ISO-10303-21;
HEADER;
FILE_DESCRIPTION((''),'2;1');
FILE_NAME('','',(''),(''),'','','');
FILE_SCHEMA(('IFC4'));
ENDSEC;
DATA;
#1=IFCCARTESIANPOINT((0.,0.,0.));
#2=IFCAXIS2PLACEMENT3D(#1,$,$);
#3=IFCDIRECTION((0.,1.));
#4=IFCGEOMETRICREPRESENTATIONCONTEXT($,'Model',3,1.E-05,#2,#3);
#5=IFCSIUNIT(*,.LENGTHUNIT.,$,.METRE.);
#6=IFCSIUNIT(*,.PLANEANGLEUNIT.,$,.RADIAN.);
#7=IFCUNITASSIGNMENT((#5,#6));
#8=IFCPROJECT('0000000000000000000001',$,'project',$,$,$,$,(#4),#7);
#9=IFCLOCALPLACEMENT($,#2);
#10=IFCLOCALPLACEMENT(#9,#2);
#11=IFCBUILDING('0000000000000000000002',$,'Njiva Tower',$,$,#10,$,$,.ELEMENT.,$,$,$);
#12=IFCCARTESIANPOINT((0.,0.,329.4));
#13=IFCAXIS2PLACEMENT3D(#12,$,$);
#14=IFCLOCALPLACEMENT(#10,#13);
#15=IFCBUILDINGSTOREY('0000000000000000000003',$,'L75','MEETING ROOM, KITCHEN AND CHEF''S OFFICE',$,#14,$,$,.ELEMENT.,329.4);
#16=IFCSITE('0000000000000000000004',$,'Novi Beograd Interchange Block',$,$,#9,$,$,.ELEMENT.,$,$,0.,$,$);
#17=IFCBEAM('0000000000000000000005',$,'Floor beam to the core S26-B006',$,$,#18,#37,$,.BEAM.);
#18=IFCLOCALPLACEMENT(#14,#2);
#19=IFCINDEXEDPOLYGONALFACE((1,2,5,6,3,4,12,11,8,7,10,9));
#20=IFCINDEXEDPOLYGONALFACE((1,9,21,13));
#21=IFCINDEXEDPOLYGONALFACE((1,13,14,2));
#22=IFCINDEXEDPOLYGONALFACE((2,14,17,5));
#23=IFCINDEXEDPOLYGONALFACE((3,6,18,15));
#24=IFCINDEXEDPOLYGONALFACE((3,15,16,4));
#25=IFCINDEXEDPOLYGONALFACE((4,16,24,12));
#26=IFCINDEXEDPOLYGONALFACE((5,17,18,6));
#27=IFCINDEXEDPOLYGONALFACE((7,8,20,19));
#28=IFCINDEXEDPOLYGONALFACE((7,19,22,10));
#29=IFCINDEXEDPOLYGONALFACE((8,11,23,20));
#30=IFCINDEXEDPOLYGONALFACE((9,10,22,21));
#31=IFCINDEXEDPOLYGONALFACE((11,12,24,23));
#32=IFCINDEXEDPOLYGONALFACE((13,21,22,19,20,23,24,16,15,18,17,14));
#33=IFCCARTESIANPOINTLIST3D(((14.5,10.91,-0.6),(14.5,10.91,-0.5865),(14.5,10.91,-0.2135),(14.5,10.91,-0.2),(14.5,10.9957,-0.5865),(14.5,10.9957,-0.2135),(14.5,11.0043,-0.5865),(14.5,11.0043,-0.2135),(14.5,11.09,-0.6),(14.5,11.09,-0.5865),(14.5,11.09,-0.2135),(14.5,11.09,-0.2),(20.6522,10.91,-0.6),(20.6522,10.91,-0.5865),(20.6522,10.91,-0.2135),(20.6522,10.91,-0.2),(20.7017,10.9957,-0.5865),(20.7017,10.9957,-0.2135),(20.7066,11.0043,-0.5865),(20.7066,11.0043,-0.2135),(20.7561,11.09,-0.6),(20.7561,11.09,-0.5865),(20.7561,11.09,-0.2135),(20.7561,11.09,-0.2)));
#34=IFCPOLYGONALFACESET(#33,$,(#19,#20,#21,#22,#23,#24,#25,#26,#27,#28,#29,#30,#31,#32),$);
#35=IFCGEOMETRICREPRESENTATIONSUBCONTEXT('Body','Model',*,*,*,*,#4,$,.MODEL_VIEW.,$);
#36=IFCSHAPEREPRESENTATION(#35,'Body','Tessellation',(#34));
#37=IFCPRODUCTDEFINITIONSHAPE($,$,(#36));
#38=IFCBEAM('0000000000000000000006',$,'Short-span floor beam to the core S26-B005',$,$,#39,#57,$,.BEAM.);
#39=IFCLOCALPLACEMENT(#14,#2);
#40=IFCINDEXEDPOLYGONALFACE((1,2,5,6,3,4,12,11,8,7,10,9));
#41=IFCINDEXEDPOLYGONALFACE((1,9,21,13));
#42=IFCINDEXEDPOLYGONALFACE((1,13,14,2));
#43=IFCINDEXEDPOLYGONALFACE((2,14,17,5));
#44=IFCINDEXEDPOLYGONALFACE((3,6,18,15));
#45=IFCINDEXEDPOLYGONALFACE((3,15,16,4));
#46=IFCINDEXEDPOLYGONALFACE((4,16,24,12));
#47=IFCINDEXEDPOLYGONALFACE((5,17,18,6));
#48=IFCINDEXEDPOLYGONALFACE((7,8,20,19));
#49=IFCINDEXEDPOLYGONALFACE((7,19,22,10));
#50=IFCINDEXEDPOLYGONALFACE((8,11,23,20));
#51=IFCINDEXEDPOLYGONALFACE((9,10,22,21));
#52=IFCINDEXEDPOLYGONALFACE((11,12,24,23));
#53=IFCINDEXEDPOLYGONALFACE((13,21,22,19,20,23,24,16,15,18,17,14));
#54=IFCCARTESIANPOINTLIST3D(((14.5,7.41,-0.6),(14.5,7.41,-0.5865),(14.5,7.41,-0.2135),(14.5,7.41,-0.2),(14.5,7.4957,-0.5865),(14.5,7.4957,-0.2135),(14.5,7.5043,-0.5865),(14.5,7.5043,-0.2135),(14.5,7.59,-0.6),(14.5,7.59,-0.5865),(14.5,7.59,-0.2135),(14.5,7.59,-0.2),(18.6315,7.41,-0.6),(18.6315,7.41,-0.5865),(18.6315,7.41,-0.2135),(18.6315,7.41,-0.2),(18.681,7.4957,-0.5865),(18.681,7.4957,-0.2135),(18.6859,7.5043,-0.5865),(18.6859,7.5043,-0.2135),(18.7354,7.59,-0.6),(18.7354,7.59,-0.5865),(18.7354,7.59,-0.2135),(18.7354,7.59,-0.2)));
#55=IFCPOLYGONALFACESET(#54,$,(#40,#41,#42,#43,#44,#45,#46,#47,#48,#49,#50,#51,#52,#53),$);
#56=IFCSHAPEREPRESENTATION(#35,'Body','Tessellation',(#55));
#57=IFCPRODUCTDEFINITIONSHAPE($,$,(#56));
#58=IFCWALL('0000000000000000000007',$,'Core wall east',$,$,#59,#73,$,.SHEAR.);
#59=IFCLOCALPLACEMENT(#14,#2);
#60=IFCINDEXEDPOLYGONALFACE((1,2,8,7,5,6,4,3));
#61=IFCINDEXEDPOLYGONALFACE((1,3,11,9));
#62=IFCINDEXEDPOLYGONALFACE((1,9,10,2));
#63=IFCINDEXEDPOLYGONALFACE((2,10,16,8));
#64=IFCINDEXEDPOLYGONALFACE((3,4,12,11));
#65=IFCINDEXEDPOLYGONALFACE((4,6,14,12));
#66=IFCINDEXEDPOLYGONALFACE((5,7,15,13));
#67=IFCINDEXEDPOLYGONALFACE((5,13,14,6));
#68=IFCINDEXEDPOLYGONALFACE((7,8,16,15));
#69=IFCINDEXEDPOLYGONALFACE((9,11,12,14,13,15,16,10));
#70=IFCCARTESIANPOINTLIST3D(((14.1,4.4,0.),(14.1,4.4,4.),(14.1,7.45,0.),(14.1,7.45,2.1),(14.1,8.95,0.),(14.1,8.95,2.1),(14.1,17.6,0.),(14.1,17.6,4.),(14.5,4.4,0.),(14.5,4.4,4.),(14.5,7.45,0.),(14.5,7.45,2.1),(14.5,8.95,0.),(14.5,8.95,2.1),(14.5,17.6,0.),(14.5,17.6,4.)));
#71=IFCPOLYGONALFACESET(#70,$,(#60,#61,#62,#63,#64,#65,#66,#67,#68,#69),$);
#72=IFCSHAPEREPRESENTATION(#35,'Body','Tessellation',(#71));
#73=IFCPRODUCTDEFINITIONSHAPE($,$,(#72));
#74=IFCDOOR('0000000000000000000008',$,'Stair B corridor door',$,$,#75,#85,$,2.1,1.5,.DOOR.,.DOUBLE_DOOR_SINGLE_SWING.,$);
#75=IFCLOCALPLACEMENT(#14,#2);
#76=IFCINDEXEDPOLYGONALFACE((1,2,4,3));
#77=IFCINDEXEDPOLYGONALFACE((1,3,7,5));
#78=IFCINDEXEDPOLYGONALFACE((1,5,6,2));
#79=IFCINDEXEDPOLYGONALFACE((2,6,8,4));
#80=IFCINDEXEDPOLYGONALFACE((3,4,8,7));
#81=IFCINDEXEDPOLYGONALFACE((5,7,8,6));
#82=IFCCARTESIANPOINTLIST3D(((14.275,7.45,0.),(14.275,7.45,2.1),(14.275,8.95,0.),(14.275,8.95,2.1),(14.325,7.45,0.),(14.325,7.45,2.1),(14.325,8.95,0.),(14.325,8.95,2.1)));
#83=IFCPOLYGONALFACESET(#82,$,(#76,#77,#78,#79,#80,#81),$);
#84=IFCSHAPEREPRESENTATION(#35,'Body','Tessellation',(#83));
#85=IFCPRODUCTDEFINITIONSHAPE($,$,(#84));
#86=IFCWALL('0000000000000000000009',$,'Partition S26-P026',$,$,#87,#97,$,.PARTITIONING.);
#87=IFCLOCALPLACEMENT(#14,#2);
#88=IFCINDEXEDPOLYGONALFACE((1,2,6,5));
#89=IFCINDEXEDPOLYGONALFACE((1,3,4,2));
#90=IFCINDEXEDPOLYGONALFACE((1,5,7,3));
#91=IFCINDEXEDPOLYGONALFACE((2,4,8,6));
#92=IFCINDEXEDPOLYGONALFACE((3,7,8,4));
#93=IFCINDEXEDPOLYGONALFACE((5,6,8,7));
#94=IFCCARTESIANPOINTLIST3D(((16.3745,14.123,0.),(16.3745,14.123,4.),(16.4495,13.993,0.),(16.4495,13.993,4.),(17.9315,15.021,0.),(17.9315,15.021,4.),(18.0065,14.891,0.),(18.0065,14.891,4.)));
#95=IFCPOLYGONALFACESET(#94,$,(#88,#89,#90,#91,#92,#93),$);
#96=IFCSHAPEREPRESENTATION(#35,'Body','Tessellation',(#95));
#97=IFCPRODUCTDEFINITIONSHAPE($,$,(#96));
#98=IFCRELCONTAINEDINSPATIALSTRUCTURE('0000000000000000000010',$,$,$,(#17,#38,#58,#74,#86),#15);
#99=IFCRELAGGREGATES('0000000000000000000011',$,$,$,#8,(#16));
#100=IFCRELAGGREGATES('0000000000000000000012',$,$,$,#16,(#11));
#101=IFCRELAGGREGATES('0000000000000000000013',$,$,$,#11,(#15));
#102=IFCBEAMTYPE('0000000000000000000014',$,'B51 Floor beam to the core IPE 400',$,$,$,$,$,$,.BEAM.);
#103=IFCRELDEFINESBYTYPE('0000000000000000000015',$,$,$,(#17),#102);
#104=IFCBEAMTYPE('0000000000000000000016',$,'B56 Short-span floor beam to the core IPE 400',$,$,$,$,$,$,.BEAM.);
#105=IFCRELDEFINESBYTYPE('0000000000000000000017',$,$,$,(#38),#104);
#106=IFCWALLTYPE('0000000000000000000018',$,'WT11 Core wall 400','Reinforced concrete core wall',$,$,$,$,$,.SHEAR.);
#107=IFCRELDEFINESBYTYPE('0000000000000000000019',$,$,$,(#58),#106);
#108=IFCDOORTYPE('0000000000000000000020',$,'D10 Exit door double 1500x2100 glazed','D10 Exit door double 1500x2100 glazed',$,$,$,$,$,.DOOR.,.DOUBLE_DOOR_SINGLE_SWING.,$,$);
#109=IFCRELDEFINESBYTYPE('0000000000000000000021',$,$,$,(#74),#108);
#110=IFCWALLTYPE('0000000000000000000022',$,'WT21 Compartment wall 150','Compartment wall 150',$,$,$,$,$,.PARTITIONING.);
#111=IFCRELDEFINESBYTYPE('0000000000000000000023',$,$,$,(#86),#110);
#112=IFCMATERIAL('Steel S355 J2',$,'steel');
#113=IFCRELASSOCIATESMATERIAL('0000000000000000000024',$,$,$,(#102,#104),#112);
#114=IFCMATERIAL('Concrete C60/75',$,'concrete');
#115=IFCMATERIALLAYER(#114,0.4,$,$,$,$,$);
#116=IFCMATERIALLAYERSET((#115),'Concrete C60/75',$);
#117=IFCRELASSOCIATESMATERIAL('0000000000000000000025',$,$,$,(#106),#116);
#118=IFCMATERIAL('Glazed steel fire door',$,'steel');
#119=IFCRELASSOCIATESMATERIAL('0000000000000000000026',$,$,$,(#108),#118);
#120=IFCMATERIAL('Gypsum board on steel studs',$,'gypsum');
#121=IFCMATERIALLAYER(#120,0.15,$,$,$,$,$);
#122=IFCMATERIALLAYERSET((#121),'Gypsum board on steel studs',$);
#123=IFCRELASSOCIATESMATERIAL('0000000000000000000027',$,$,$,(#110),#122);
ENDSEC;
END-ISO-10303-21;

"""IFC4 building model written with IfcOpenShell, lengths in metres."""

from ifc_helpers import new_model, si_unit, direction, frame, frame_2d, origin, origin_2d, place, context, subcontext, project, spatial, rectangle, i_section, extrude, clip, halfspace, material, layer, layer_set, material_profile, profile_set, type_object, element, fill, save


model = new_model("IFC4")

# Units and contexts
model_context = context("Model", 3, precision=1e-05, world=origin(), true_north=direction((0.0, 1.0)))
body_context = subcontext(model_context, "Body", "Model", "MODEL_VIEW")
ifc_project = project(units=[si_unit("LENGTHUNIT", "METRE"), si_unit("PLANEANGLEUNIT", "RADIAN")], contexts=[model_context])

# Site, building, storey
site_placement = place(None, origin())
site = spatial("IfcSite", under=ifc_project, at=site_placement, Name="Novi Beograd Interchange Block", CompositionType="ELEMENT", RefElevation=0.0)
building_placement = place(site_placement, origin())
building = spatial("IfcBuilding", under=site, at=building_placement, Name="Njiva Tower", CompositionType="ELEMENT")
storey_placement = place(building_placement, frame((0.0, 0.0, 329.4)))
storey = spatial("IfcBuildingStorey", under=building, at=storey_placement, Name="L75", Description="MEETING ROOM, KITCHEN AND CHEF'S OFFICE", CompositionType="ELEMENT", Elevation=329.4)

# Shared definitions
ifc_material_1 = material(Name="Steel S355 J2", Category="steel")

# Beams
ifc_material_profile_1 = material_profile(ifc_material_1, i_section(OverallWidth=0.18, OverallDepth=0.4, WebThickness=0.0086, FlangeThickness=0.0135, at=origin_2d()), Name="IPE 400")
ifc_profile_set_1 = profile_set([ifc_material_profile_1], Name="Steel S355 J2")
beam_type_1 = type_object("IfcBeamType", Name="B51 Floor beam to the core IPE 400", PredefinedType="BEAM", material=ifc_profile_set_1)
beam_1_placement = place(storey_placement, frame((14.5, 11.0, -0.4), z_axis=(1.0, 0.0, 0.0), x_axis=(0.0, 1.0, 0.0)))
element("IfcBeam", 1, at=beam_1_placement, inside=storey, type_object=beam_type_1, Name="Floor beam to the core S26-B006", PredefinedType="BEAM", context=body_context, shape_type="Clipping", body=[
    clip(extrude(i_section(OverallWidth=0.18, OverallDepth=0.4, WebThickness=0.0086, FlangeThickness=0.0135, at=origin_2d()), origin(), (0.0, 0.0, 1.0), 6.276), halfspace(frame((-0.025, 0.0, 6.1897), z_axis=(-0.499998, 0.0, 0.866027), x_axis=(0.0, 1.0, 0.0)), False)),
])
ifc_material_profile_2 = material_profile(ifc_material_1, i_section(OverallWidth=0.18, OverallDepth=0.4, WebThickness=0.0086, FlangeThickness=0.0135, at=origin_2d()), Name="IPE 400")
ifc_profile_set_2 = profile_set([ifc_material_profile_2], Name="Steel S355 J2")
beam_type_2 = type_object("IfcBeamType", Name="B56 Short-span floor beam to the core IPE 400", PredefinedType="BEAM", material=ifc_profile_set_2)
beam_2_placement = place(storey_placement, frame((14.5, 7.5, -0.4), z_axis=(1.0, 0.0, 0.0), x_axis=(0.0, 1.0, 0.0)))
element("IfcBeam", 2, at=beam_2_placement, inside=storey, type_object=beam_type_2, Name="Short-span floor beam to the core S26-B005", PredefinedType="BEAM", context=body_context, shape_type="Clipping", body=[
    clip(extrude(i_section(OverallWidth=0.18, OverallDepth=0.4, WebThickness=0.0086, FlangeThickness=0.0135, at=origin_2d()), origin(), (0.0, 0.0, 1.0), 4.255), halfspace(frame((-0.025, 0.0, 4.169), z_axis=(-0.499998, 0.0, 0.866027), x_axis=(0.0, 1.0, 0.0)), False)),
])

# Wall, opening, door
ifc_material_2 = material(Name="Concrete C60/75", Category="concrete")
ifc_layer_1 = layer(ifc_material_2, 0.4)
ifc_layer_set_1 = layer_set([ifc_layer_1], Name="Concrete C60/75")
wall_type_1 = type_object("IfcWallType", Name="WT11 Core wall 400", Description="Reinforced concrete core wall", PredefinedType="SHEAR", material=ifc_layer_set_1)
wall_1_placement = place(storey_placement, frame((14.3, 4.4, 0.0), z_axis=(0.0, 0.0, 1.0), x_axis=(0.0, 1.0, 0.0)))
wall_1 = element("IfcWall", 3, at=wall_1_placement, inside=storey, type_object=wall_type_1, Name="Core wall east", PredefinedType="SHEAR", context=body_context, shape_type="SweptSolid", body=[
    extrude(rectangle(XDim=13.2, YDim=0.4, at=frame_2d((6.6, 0.0))), origin(), (0.0, 0.0, 1.0), 4.0),
])
opening_placement = place(wall_1_placement, frame((3.05, 0.0, 0.0)))
opening = element("IfcOpeningElement", 4, at=opening_placement, cuts=wall_1, PredefinedType="OPENING", context=body_context, shape_type="SweptSolid", body=[
    extrude(rectangle(XDim=1.5, YDim=2.1, at=frame_2d((0.75, 1.05))), frame((0.0, 0.21, 0.0), z_axis=(0.0, -1.0, 0.0), x_axis=(1.0, 0.0, 0.0)), (0.0, 0.0, 1.0), 0.42),
])
ifc_material_3 = material(Name="Glazed steel fire door", Category="steel")
door_type = type_object("IfcDoorType", Name="D10 Exit door double 1500x2100 glazed", Description="D10 Exit door double 1500x2100 glazed", OperationType="DOUBLE_DOOR_SINGLE_SWING", PredefinedType="DOOR", material=ifc_material_3)
door_placement = place(opening_placement, origin())
door = element("IfcDoor", 5, at=door_placement, inside=storey, type_object=door_type, Name="Stair B corridor door", OperationType="DOUBLE_DOOR_SINGLE_SWING", OverallHeight=2.1, OverallWidth=1.5, PredefinedType="DOOR", context=body_context, shape_type="SweptSolid", body=[
    extrude(rectangle(XDim=1.5, YDim=2.1, at=frame_2d((0.75, 1.05))), frame((0.0, 0.025, 0.0), z_axis=(0.0, -1.0, 0.0), x_axis=(1.0, 0.0, 0.0)), (0.0, 0.0, 1.0), 0.05),
])
fill(opening, door)

# Wall
ifc_material_4 = material(Name="Gypsum board on steel studs", Category="gypsum")
ifc_layer_2 = layer(ifc_material_4, 0.15)
ifc_layer_set_2 = layer_set([ifc_layer_2], Name="Gypsum board on steel studs")
wall_type_2 = type_object("IfcWallType", Name="WT21 Compartment wall 150", Description="Compartment wall 150", PredefinedType="PARTITIONING", material=ifc_layer_set_2)
wall_2_placement = place(storey_placement, frame((16.412, 14.058, 0.0), z_axis=(0.0, 0.0, 1.0), x_axis=(0.86625, 0.49961, 0.0)))
element("IfcWall", 6, at=wall_2_placement, inside=storey, type_object=wall_type_2, Name="Partition S26-P026", PredefinedType="PARTITIONING", context=body_context, shape_type="SweptSolid", body=[
    extrude(rectangle(XDim=1.7974, YDim=0.15, at=frame_2d((0.8987, 0.0))), origin(), (0.0, 0.0, 1.0), 4.0),
])

save(model, "model.ifc")
